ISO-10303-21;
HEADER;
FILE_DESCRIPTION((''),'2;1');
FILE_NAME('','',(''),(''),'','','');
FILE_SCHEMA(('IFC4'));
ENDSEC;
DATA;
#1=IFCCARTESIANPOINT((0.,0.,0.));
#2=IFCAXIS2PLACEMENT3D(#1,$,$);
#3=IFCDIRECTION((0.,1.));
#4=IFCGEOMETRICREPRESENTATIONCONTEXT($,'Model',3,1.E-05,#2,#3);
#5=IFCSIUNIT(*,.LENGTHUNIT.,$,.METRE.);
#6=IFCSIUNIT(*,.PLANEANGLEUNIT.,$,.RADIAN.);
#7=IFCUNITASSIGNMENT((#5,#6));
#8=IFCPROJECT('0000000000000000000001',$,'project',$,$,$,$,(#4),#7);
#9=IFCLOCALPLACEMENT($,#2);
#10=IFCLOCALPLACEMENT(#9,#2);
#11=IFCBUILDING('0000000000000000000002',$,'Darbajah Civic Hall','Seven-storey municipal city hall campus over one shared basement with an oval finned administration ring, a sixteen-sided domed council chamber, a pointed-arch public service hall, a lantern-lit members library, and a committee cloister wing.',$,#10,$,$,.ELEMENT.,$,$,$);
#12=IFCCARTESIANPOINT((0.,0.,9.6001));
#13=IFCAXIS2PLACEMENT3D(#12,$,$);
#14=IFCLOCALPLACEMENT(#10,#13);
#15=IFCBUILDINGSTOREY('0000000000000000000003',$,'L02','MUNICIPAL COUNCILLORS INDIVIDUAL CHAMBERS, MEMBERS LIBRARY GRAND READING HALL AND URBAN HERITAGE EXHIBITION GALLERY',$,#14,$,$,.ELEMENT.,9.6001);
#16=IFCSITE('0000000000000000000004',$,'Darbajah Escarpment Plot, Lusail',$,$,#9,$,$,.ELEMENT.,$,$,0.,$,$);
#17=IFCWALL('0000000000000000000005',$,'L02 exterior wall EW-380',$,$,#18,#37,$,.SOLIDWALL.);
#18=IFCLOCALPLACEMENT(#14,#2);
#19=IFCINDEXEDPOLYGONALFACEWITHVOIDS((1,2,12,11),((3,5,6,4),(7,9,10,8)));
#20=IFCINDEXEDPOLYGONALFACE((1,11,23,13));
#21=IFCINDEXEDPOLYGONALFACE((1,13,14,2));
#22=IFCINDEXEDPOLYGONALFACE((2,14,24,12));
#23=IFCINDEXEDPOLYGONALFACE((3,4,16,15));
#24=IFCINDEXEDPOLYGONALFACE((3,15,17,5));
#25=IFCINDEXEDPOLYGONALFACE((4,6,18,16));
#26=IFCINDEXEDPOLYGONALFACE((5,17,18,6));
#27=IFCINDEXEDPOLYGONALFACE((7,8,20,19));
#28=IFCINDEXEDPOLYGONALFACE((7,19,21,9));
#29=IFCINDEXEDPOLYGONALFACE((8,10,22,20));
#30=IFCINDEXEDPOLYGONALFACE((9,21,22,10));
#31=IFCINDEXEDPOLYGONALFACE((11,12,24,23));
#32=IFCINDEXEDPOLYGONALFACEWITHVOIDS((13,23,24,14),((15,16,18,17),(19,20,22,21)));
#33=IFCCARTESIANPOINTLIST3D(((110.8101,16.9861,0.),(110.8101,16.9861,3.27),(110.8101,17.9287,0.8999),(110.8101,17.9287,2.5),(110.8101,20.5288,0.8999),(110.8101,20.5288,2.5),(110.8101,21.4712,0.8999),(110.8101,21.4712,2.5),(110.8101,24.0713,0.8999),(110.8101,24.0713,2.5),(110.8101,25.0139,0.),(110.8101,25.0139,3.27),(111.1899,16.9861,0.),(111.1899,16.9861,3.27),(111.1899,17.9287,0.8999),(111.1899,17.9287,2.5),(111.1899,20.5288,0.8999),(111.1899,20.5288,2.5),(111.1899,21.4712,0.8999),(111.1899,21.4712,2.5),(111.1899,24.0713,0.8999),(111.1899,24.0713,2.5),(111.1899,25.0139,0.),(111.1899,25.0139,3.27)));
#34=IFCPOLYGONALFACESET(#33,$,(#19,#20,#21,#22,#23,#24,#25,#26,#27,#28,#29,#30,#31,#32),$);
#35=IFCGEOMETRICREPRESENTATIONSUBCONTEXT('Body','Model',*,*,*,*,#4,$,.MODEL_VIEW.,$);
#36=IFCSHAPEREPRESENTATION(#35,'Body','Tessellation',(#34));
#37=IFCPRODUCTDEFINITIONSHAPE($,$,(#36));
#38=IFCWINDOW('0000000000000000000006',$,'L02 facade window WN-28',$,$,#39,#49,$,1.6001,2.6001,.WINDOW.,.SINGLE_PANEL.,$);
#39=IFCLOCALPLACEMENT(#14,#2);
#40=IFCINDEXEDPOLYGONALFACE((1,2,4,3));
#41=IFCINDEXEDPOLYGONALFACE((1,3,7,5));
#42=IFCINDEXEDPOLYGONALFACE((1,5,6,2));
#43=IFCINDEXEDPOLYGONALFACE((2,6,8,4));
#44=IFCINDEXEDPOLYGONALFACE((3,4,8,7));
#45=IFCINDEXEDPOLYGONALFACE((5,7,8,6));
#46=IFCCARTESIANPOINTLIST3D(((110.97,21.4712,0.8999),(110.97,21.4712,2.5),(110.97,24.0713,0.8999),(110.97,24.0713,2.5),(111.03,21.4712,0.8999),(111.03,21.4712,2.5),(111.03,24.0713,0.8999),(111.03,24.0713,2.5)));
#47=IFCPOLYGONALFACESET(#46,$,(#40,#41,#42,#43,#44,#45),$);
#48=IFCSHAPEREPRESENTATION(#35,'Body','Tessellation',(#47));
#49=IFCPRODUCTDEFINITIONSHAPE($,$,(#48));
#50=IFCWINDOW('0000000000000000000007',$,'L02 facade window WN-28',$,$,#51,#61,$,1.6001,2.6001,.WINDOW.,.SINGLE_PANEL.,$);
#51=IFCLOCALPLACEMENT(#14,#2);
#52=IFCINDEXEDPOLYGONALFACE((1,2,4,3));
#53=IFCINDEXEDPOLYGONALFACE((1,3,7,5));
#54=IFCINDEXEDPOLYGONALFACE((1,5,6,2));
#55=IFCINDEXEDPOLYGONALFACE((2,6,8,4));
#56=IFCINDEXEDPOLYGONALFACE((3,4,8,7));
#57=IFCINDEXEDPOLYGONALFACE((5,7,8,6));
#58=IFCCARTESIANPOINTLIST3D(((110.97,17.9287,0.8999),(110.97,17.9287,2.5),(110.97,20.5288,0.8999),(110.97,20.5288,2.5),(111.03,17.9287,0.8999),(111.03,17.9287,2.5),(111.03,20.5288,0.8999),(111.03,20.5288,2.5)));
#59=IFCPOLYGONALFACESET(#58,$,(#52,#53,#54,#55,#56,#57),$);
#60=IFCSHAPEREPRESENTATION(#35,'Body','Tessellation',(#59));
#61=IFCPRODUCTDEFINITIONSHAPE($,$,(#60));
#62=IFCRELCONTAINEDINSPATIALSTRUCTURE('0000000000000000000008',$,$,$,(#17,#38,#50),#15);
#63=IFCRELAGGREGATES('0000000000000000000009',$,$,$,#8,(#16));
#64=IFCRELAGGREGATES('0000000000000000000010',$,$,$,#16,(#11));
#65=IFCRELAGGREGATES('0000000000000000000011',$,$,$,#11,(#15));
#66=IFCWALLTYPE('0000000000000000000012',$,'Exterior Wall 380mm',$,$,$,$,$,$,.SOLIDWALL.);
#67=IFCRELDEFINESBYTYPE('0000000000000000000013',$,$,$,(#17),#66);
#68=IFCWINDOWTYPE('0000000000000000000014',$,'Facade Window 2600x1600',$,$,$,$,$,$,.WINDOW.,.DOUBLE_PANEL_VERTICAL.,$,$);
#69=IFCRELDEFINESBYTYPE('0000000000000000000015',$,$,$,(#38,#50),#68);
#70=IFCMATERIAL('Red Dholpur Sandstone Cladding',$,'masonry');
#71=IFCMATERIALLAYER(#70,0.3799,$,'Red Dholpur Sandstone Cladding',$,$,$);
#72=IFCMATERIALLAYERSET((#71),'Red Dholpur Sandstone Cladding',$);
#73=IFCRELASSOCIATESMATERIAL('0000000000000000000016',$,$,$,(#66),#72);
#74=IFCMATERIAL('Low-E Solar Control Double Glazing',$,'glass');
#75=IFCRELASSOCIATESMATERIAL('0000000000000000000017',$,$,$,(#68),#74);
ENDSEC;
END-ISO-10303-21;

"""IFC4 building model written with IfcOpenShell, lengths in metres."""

from ifc_helpers import new_model, si_unit, direction, frame, frame_2d, origin, place, context, subcontext, project, spatial, rectangle, extrude, material, layer, layer_set, type_object, element, fill, save


model = new_model("IFC4")

# Units and contexts
model_context = context("Model", 3, precision=1e-05, world=origin(), true_north=direction((0.0, 1.0)))
body_context = subcontext(model_context, "Body", "Model", "MODEL_VIEW")
ifc_project = project(units=[si_unit("LENGTHUNIT", "METRE"), si_unit("PLANEANGLEUNIT", "RADIAN")], contexts=[model_context])

# Site, building, storey
site_placement = place(None, origin())
site = spatial("IfcSite", under=ifc_project, at=site_placement, Name="Darbajah Escarpment Plot, Lusail", CompositionType="ELEMENT", RefElevation=0.0)
building_placement = place(site_placement, origin())
building = spatial("IfcBuilding", under=site, at=building_placement, Name="Darbajah Civic Hall", Description="Seven-storey municipal city hall campus over one shared basement with an oval finned administration ring, a sixteen-sided domed council chamber, a pointed-arch public service hall, a lantern-lit members library, and a committee cloister wing.", CompositionType="ELEMENT")
storey_placement = place(building_placement, frame((0.0, 0.0, 9.6001)))
storey = spatial("IfcBuildingStorey", under=building, at=storey_placement, Name="L02", Description="MUNICIPAL COUNCILLORS INDIVIDUAL CHAMBERS, MEMBERS LIBRARY GRAND READING HALL AND URBAN HERITAGE EXHIBITION GALLERY", CompositionType="ELEMENT", Elevation=9.6001)

# Wall, openings, windows
ifc_material_1 = material(Name="Red Dholpur Sandstone Cladding", Category="masonry")
ifc_layer_1 = layer(ifc_material_1, 0.3799, Name="Red Dholpur Sandstone Cladding")
ifc_layer_set_1 = layer_set([ifc_layer_1], Name="Red Dholpur Sandstone Cladding")
wall_type_1 = type_object("IfcWallType", Name="Exterior Wall 380mm", PredefinedType="SOLIDWALL", material=ifc_layer_set_1)
ifc_material_2 = material(Name="Low-E Solar Control Double Glazing", Category="glass")
wall_1_placement = place(storey_placement, frame((111.0, 25.0139, 0.0), z_axis=(0.0, 0.0, 1.0), x_axis=(0.0, -1.0, 0.0)))
wall_1 = element("IfcWall", 1, at=wall_1_placement, inside=storey, type_object=wall_type_1, Name="L02 exterior wall EW-380", PredefinedType="SOLIDWALL", context=body_context, shape_type="SweptSolid", body=[
    extrude(rectangle(XDim=8.0278, YDim=0.3799, at=frame_2d((4.0139, 0.0))), origin(), (0.0, 0.0, 1.0), 3.27),
])
opening_1_placement = place(wall_1_placement, frame((0.9426, 0.0, 0.8999)))
opening_1 = element("IfcOpeningElement", 2, at=opening_1_placement, cuts=wall_1, PredefinedType="OPENING", context=body_context, shape_type="SweptSolid", body=[
    extrude(rectangle(XDim=2.6001, YDim=1.6001, at=frame_2d((1.3, 0.8))), frame((0.0, 0.2, 0.0), z_axis=(0.0, -1.0, 0.0), x_axis=(1.0, 0.0, 0.0)), (0.0, 0.0, 1.0), 0.3999),
])
opening_2_placement = place(wall_1_placement, frame((4.4851, 0.0, 0.8999)))
opening_2 = element("IfcOpeningElement", 3, at=opening_2_placement, cuts=wall_1, PredefinedType="OPENING", context=body_context, shape_type="SweptSolid", body=[
    extrude(rectangle(XDim=2.6001, YDim=1.6001, at=frame_2d((1.3, 0.8))), frame((0.0, 0.2, 0.0), z_axis=(0.0, -1.0, 0.0), x_axis=(1.0, 0.0, 0.0)), (0.0, 0.0, 1.0), 0.3999),
])
window_type_1 = type_object("IfcWindowType", Name="Facade Window 2600x1600", PartitioningType="DOUBLE_PANEL_VERTICAL", PredefinedType="WINDOW", material=ifc_material_2)
window_1_placement = place(opening_1_placement, origin())
window_1 = element("IfcWindow", 4, at=window_1_placement, inside=storey, type_object=window_type_1, Name="L02 facade window WN-28", OverallHeight=1.6001, OverallWidth=2.6001, PartitioningType="SINGLE_PANEL", PredefinedType="WINDOW", context=body_context, shape_type="SweptSolid", body=[
    extrude(rectangle(XDim=2.6001, YDim=1.6001, at=frame_2d((1.3, 0.8))), frame((0.0, 0.03, 0.0), z_axis=(0.0, -1.0, 0.0), x_axis=(1.0, 0.0, 0.0)), (0.0, 0.0, 1.0), 0.0601),
])
fill(opening_1, window_1)
window_2_placement = place(opening_2_placement, origin())
window_2 = element("IfcWindow", 5, at=window_2_placement, inside=storey, type_object=window_type_1, Name="L02 facade window WN-28", OverallHeight=1.6001, OverallWidth=2.6001, PartitioningType="SINGLE_PANEL", PredefinedType="WINDOW", context=body_context, shape_type="SweptSolid", body=[
    extrude(rectangle(XDim=2.6001, YDim=1.6001, at=frame_2d((1.3, 0.8))), frame((0.0, 0.03, 0.0), z_axis=(0.0, -1.0, 0.0), x_axis=(1.0, 0.0, 0.0)), (0.0, 0.0, 1.0), 0.0601),
])
fill(opening_2, window_2)

save(model, "model.ifc")
